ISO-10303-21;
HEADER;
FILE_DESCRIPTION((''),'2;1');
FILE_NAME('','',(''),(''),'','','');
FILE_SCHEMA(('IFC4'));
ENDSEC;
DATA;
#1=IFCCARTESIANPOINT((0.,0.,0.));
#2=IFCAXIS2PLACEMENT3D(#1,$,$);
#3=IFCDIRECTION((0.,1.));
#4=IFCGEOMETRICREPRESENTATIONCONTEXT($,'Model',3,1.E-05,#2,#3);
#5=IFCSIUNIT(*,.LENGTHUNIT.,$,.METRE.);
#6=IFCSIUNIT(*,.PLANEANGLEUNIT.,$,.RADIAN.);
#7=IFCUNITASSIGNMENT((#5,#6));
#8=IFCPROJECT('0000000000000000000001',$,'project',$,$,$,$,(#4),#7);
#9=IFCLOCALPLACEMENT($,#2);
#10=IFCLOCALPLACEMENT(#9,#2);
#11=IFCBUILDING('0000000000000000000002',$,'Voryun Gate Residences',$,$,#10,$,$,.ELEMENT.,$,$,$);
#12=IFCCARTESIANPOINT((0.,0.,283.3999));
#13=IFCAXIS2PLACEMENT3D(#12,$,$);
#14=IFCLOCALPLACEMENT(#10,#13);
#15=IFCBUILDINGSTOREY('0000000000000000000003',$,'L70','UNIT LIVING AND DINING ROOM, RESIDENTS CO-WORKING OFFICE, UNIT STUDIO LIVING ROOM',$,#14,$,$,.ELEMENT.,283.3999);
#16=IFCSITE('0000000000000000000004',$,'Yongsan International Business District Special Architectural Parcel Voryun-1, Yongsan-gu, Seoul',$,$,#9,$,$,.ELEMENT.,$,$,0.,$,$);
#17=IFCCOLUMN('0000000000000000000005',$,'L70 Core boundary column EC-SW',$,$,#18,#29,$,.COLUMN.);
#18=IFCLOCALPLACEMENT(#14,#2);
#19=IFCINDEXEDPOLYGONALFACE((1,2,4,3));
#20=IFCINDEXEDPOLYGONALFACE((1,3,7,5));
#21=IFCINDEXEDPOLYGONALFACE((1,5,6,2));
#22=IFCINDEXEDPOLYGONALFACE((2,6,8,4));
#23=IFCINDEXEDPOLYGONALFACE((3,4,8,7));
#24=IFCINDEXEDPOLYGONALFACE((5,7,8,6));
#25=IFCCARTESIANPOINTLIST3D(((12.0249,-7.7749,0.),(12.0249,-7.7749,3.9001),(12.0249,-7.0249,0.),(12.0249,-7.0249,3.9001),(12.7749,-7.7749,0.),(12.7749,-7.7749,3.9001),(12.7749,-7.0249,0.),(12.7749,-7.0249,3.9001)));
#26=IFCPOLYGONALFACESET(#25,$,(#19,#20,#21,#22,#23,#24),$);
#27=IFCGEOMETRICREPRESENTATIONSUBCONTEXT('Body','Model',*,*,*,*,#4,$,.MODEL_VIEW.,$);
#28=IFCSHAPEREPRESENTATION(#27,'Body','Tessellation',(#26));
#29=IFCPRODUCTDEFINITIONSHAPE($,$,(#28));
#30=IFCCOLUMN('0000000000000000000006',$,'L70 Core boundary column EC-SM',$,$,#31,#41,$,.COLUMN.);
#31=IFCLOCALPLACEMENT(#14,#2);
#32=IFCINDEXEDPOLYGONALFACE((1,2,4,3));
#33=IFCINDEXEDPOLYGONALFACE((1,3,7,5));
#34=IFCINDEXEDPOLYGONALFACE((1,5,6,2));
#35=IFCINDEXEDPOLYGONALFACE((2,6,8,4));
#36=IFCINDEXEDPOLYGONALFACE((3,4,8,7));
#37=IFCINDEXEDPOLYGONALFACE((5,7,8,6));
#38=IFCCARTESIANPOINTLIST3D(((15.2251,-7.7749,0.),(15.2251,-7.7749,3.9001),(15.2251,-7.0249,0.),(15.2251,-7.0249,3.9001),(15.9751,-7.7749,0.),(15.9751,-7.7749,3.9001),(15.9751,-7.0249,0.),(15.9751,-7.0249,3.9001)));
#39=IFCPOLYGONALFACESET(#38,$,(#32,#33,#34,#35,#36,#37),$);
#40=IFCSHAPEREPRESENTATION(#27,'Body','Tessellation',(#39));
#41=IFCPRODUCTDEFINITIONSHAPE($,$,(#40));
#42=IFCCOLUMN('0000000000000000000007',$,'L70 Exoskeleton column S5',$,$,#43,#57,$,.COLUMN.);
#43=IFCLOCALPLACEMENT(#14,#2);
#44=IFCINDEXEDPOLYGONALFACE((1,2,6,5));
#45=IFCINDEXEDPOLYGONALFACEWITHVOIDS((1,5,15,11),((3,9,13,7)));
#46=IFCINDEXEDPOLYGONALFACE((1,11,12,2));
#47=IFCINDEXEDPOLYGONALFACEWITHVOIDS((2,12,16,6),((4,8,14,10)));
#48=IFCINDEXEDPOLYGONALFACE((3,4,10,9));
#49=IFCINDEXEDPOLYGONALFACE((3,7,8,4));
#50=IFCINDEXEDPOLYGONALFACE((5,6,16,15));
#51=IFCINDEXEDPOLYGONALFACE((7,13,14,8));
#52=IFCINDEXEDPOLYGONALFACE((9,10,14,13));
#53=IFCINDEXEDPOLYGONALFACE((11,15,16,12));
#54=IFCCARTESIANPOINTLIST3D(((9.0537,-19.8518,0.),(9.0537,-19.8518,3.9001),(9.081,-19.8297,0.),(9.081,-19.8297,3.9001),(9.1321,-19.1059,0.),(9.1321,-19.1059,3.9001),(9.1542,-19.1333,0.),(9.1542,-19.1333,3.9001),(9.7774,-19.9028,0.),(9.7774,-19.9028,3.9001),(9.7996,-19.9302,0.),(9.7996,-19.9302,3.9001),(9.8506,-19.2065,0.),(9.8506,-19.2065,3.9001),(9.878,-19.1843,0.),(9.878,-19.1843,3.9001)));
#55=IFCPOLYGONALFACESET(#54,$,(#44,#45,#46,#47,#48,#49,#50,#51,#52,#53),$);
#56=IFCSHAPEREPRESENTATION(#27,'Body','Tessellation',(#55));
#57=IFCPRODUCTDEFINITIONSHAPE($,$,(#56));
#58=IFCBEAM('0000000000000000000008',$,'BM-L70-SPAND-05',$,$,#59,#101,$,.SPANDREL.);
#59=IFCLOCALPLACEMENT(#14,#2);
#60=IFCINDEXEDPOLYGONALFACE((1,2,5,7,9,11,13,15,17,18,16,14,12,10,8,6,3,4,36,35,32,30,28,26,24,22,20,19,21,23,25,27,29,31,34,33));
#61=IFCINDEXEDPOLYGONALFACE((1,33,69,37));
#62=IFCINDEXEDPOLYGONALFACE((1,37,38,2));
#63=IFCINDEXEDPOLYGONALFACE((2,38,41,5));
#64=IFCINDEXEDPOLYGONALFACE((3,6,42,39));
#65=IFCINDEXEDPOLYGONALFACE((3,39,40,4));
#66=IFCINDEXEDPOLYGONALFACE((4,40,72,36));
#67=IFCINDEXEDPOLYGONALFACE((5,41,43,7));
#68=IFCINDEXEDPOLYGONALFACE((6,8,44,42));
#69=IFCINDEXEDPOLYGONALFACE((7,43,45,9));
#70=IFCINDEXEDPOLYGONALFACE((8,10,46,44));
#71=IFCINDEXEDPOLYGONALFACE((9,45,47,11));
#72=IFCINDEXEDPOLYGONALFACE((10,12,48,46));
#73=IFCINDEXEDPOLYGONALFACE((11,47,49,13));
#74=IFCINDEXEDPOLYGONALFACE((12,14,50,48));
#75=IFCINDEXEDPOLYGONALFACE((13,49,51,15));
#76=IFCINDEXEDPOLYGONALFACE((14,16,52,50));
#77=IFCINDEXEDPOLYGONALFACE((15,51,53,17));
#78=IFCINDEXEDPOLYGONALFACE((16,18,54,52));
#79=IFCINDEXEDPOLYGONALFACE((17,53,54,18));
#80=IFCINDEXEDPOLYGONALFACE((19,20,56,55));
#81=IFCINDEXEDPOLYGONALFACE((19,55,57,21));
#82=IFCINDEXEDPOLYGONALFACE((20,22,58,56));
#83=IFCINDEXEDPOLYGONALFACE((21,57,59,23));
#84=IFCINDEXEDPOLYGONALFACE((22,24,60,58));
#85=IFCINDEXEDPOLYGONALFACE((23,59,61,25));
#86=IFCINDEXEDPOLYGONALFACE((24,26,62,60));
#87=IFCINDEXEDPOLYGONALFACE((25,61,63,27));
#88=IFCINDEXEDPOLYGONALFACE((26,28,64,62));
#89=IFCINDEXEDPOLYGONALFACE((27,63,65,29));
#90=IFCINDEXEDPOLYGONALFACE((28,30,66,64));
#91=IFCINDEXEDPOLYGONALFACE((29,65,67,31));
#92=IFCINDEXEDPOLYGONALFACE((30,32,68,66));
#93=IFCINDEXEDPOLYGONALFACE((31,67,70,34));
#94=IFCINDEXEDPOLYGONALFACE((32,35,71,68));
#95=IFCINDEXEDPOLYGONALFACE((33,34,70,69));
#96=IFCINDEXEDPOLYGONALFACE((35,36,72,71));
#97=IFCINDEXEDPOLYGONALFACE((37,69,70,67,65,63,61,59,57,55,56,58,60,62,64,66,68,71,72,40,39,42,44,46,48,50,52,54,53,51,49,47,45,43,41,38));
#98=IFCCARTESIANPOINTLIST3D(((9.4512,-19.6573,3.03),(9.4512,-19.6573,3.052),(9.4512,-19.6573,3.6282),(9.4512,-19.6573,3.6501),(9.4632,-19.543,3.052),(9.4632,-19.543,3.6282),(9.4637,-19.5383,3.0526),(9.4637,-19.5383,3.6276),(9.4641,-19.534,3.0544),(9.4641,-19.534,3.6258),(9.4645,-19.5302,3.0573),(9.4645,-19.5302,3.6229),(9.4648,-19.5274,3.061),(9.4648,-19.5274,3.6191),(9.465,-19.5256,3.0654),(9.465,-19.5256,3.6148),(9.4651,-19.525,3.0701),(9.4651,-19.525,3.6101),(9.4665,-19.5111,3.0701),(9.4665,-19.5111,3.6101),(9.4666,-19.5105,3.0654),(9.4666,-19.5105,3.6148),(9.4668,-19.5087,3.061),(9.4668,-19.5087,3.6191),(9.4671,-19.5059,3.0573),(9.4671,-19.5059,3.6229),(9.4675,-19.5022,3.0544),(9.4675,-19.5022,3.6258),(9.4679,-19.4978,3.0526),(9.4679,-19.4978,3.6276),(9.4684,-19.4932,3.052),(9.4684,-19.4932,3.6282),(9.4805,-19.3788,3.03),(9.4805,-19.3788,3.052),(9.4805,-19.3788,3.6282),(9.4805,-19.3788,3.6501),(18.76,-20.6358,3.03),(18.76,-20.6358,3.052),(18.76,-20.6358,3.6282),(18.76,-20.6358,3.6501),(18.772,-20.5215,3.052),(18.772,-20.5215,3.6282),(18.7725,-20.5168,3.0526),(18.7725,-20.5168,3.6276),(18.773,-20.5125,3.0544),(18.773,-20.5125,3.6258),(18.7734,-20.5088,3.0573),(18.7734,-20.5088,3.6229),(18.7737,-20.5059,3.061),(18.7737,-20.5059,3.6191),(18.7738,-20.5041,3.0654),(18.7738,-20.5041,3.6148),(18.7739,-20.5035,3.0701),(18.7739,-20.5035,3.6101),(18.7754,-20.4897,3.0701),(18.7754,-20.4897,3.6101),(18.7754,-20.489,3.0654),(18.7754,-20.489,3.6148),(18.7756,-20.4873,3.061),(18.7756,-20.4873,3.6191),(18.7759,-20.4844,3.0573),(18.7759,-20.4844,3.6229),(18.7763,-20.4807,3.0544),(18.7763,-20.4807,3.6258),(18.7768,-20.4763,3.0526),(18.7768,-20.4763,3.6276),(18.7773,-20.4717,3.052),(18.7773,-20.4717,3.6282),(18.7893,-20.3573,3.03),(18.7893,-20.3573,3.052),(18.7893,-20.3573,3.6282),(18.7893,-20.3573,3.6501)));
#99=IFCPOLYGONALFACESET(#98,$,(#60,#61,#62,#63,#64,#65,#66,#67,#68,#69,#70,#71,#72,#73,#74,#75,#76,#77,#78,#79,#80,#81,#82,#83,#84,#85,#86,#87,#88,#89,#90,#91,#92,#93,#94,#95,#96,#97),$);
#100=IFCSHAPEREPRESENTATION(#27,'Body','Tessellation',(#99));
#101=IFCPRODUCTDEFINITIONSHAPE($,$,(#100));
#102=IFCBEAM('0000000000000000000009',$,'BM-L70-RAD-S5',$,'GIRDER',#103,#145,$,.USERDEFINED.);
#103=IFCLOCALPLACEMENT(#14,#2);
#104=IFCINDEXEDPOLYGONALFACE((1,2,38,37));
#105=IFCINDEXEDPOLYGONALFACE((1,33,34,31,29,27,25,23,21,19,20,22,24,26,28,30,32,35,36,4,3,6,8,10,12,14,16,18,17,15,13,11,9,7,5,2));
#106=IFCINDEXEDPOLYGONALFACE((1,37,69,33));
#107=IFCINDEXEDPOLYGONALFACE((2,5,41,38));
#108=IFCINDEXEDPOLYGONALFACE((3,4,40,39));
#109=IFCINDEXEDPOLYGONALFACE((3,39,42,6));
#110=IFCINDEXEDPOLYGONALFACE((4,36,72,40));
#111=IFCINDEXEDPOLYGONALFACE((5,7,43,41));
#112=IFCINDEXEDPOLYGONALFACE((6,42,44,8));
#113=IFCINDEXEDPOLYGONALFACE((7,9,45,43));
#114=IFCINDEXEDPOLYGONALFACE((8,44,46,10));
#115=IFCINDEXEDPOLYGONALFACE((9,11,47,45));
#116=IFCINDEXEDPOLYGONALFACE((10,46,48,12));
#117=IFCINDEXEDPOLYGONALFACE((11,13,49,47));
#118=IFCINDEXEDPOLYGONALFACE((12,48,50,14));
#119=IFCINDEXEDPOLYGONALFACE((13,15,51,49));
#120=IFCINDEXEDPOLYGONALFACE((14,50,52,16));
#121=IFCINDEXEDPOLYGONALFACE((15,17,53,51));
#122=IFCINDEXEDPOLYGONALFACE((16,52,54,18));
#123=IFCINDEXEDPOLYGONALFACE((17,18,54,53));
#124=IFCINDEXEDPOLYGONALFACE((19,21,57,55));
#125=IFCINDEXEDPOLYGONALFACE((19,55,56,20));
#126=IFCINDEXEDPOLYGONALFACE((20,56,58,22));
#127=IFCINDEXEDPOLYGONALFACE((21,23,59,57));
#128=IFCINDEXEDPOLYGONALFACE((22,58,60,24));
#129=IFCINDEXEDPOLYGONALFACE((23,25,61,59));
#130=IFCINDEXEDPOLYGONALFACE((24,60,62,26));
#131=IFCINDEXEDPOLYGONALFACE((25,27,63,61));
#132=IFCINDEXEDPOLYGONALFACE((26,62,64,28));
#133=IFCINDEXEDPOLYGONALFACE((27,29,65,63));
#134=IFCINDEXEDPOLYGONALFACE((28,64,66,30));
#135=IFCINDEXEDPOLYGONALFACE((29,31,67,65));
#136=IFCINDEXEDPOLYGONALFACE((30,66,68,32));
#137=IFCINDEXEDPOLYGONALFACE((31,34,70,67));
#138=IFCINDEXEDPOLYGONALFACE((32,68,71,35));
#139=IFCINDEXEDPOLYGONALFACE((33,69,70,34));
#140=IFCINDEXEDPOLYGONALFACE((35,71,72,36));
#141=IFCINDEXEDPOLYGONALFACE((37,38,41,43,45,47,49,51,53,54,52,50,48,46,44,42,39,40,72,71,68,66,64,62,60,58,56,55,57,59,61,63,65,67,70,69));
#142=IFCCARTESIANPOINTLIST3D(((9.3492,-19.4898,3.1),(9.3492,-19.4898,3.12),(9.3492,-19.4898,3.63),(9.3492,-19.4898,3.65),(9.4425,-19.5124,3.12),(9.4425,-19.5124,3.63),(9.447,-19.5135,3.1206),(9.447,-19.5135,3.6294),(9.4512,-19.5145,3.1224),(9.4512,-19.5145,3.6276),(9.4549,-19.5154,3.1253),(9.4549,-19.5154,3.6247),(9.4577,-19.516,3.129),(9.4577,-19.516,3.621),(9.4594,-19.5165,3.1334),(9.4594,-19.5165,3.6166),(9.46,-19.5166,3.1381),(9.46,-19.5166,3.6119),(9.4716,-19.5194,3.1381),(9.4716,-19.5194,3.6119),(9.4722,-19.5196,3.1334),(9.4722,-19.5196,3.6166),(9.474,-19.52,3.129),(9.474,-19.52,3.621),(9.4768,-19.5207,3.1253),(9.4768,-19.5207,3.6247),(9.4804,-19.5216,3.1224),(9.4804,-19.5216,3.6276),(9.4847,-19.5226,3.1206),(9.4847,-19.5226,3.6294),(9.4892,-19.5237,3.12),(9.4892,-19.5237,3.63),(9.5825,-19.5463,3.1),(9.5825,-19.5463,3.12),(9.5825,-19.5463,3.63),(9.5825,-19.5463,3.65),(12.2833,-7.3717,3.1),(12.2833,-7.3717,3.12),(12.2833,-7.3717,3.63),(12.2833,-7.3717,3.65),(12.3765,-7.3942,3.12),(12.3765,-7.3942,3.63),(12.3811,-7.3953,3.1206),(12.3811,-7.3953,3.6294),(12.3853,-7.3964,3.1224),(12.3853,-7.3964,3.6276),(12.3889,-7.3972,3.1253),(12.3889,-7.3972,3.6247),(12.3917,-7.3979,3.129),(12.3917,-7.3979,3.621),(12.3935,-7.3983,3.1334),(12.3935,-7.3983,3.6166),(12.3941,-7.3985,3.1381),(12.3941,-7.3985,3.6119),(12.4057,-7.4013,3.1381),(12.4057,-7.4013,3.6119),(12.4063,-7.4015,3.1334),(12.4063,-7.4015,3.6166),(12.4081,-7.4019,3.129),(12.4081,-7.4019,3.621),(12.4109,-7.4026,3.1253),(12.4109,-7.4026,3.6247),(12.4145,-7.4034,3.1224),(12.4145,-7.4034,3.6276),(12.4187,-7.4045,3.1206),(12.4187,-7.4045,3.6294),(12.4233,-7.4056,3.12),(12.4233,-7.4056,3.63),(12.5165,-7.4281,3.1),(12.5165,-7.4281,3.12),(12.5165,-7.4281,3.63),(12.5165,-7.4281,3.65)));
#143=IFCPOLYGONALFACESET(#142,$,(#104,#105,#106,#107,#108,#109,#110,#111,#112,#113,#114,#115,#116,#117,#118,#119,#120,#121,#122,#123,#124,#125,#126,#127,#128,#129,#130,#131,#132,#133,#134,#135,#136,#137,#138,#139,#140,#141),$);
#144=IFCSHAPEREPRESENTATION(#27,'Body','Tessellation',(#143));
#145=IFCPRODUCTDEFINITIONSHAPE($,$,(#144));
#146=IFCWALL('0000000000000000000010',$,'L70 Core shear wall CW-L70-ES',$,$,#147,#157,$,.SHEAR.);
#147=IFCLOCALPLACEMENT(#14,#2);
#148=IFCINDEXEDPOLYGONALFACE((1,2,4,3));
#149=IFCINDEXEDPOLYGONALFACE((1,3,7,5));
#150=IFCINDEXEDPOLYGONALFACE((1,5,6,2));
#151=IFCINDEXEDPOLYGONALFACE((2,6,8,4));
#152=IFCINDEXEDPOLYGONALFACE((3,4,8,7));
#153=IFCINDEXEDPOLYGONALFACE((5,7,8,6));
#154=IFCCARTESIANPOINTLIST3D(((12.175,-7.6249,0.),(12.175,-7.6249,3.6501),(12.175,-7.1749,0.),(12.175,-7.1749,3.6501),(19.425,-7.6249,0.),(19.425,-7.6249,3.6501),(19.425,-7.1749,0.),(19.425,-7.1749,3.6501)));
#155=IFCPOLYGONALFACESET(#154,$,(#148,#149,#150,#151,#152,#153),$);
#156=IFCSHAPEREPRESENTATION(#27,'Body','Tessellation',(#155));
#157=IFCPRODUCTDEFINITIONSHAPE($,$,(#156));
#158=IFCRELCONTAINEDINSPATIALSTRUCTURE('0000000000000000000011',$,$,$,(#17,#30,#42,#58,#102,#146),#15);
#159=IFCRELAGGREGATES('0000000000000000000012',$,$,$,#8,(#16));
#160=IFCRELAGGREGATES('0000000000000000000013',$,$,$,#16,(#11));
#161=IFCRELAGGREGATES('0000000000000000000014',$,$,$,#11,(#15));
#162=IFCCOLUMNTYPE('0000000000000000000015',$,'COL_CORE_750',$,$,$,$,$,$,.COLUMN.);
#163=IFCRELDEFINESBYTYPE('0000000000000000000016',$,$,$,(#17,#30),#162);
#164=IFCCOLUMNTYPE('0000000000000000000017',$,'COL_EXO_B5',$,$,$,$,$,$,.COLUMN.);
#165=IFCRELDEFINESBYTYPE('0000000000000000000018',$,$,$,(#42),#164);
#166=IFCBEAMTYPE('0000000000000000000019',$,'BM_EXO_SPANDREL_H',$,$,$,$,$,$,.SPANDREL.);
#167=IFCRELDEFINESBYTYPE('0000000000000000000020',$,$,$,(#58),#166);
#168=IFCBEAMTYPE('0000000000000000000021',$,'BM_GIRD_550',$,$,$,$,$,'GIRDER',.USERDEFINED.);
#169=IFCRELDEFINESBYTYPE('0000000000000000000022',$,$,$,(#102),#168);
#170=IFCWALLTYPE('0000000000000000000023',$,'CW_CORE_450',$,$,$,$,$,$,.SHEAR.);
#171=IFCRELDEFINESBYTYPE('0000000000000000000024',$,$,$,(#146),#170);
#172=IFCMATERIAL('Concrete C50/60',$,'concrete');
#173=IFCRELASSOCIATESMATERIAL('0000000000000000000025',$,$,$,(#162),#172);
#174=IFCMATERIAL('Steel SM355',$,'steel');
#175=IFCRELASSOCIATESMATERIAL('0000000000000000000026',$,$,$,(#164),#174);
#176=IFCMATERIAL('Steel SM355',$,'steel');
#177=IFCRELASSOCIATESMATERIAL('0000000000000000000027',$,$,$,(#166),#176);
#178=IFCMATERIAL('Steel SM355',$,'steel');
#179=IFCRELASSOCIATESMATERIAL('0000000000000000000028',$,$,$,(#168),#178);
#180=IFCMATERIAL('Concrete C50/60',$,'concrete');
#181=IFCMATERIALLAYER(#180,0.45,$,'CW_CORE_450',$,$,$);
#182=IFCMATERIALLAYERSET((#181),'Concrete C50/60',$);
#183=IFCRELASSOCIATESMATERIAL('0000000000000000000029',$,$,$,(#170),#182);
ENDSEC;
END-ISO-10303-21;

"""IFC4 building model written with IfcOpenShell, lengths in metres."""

from ifc_helpers import new_model, si_unit, direction, frame, frame_2d, origin, origin_2d, place, context, subcontext, project, spatial, rectangle, hollow_rectangle, i_section, extrude, material, layer, layer_set, material_profile, profile_set, type_object, element, save


model = new_model("IFC4")

# Units and contexts
model_context = context("Model", 3, precision=1e-05, world=origin(), true_north=direction((0.0, 1.0)))
body_context = subcontext(model_context, "Body", "Model", "MODEL_VIEW")
ifc_project = project(units=[si_unit("LENGTHUNIT", "METRE"), si_unit("PLANEANGLEUNIT", "RADIAN")], contexts=[model_context])

# Site, building, storey
site_placement = place(None, origin())
site = spatial("IfcSite", under=ifc_project, at=site_placement, Name="Yongsan International Business District Special Architectural Parcel Voryun-1, Yongsan-gu, Seoul", CompositionType="ELEMENT", RefElevation=0.0)
building_placement = place(site_placement, origin())
building = spatial("IfcBuilding", under=site, at=building_placement, Name="Voryun Gate Residences", CompositionType="ELEMENT")
storey_placement = place(building_placement, frame((0.0, 0.0, 283.3999)))
storey = spatial("IfcBuildingStorey", under=building, at=storey_placement, Name="L70", Description="UNIT LIVING AND DINING ROOM, RESIDENTS CO-WORKING OFFICE, UNIT STUDIO LIVING ROOM", CompositionType="ELEMENT", Elevation=283.3999)

# Columns
ifc_material_1 = material(Name="Concrete C50/60", Category="concrete")
ifc_material_profile_1 = material_profile(ifc_material_1, rectangle(XDim=0.75, YDim=0.75, at=origin_2d()), Name="RC-750x750")
ifc_profile_set_1 = profile_set([ifc_material_profile_1], Name="Concrete C50/60")
column_type_1 = type_object("IfcColumnType", Name="COL_CORE_750", PredefinedType="COLUMN", material=ifc_profile_set_1)
for number, where, z_axis, x_axis, name in (
    (1, (12.3999, -7.3999, 0.0), (0.0, 0.0, 1.0), (1.0, 0.0, 0.0), "L70 Core boundary column EC-SW"),
    (2, (15.6001, -7.3999, 0.0), (0.0, 0.0, 1.0), (1.0, 0.0, 0.0), "L70 Core boundary column EC-SM"),
):
    element("IfcColumn", number, at=place(storey_placement, frame(where, z_axis=z_axis, x_axis=x_axis)), inside=storey, type_object=column_type_1, Name=name, PredefinedType="COLUMN", context=body_context, shape_type="SweptSolid", body=[
        extrude(rectangle(XDim=0.75, YDim=0.75, at=origin_2d()), origin(), (0.0, 0.0, 1.0), 3.9001),
    ])
ifc_material_2 = material(Name="Steel SM355", Category="steel")
ifc_material_profile_2 = material_profile(ifc_material_2, hollow_rectangle(XDim=0.75, YDim=0.75, WallThickness=0.0249, at=origin_2d()), Name="BOX-750x750x25")
ifc_profile_set_2 = profile_set([ifc_material_profile_2], Name="Steel SM355")
column_type_2 = type_object("IfcColumnType", Name="COL_EXO_B5", PredefinedType="COLUMN", material=ifc_profile_set_2)
column_placement = place(storey_placement, frame((9.4658, -19.5181, 0.0), z_axis=(0.0, 0.0, 1.0), x_axis=(0.994522, -0.104528, 0.0)))
element("IfcColumn", 3, at=column_placement, inside=storey, type_object=column_type_2, Name="L70 Exoskeleton column S5", PredefinedType="COLUMN", context=body_context, shape_type="SweptSolid", body=[
    extrude(hollow_rectangle(XDim=0.75, YDim=0.75, WallThickness=0.0249, at=origin_2d()), origin(), (0.0, 0.0, 1.0), 3.9001),
])

# Beams
ifc_material_3 = material(Name="Steel SM355", Category="steel")
ifc_material_profile_3 = material_profile(ifc_material_3, i_section(OverallWidth=0.28, OverallDepth=0.6201, WebThickness=0.0139, FlangeThickness=0.022, FilletRadius=0.0181, at=origin_2d()), Name="H-620x280x14x22")
ifc_profile_set_3 = profile_set([ifc_material_profile_3], Name="Steel SM355")
beam_type_1 = type_object("IfcBeamType", Name="BM_EXO_SPANDREL_H", PredefinedType="SPANDREL", material=ifc_profile_set_3)
beam_1_placement = place(storey_placement, frame((9.4658, -19.5181, 3.3401), z_axis=(0.994521, -0.104541, 0.0), x_axis=(0.104541, 0.994521, 0.0)))
element("IfcBeam", 4, at=beam_1_placement, inside=storey, type_object=beam_type_1, Name="BM-L70-SPAND-05", PredefinedType="SPANDREL", context=body_context, shape_type="SweptSolid", body=[
    extrude(i_section(OverallWidth=0.28, OverallDepth=0.6201, WebThickness=0.0139, FlangeThickness=0.022, FilletRadius=0.0181, at=origin_2d()), origin(), (0.0, 0.0, 1.0), 9.3601),
])
ifc_material_4 = material(Name="Steel SM355", Category="steel")
ifc_material_profile_4 = material_profile(ifc_material_4, i_section(OverallWidth=0.24, OverallDepth=0.55, WebThickness=0.012, FlangeThickness=0.02, FilletRadius=0.0181, at=origin_2d()), Name="H-550x240x12x20")
ifc_profile_set_4 = profile_set([ifc_material_profile_4], Name="Steel SM355")
beam_type_2 = type_object("IfcBeamType", Name="BM_GIRD_550", ElementType="GIRDER", PredefinedType="USERDEFINED", material=ifc_profile_set_4)
beam_2_placement = place(storey_placement, frame((12.3999, -7.3999, 3.375), z_axis=(-0.235323, -0.971917, 0.0), x_axis=(0.971917, -0.235323, 0.0)))
element("IfcBeam", 5, at=beam_2_placement, inside=storey, type_object=beam_type_2, Name="BM-L70-RAD-S5", ObjectType="GIRDER", PredefinedType="USERDEFINED", context=body_context, shape_type="SweptSolid", body=[
    extrude(i_section(OverallWidth=0.24, OverallDepth=0.55, WebThickness=0.012, FlangeThickness=0.02, FilletRadius=0.0181, at=origin_2d()), origin(), (0.0, 0.0, 1.0), 12.4683),
])

# Wall
ifc_material_5 = material(Name="Concrete C50/60", Category="concrete")
ifc_layer_1 = layer(ifc_material_5, 0.45, Name="CW_CORE_450")
ifc_layer_set_1 = layer_set([ifc_layer_1], Name="Concrete C50/60")
wall_type_1 = type_object("IfcWallType", Name="CW_CORE_450", PredefinedType="SHEAR", material=ifc_layer_set_1)
wall_1_placement = place(storey_placement, frame((12.175, -7.3999, 0.0), z_axis=(0.0, 0.0, 1.0), x_axis=(1.0, 0.0, 0.0)))
element("IfcWall", 6, at=wall_1_placement, inside=storey, type_object=wall_type_1, Name="L70 Core shear wall CW-L70-ES", PredefinedType="SHEAR", context=body_context, shape_type="SweptSolid", body=[
    extrude(rectangle(XDim=7.25, YDim=0.45, at=frame_2d((3.625, 0.0))), origin(), (0.0, 0.0, 1.0), 3.6501),
])

save(model, "model.ifc")
